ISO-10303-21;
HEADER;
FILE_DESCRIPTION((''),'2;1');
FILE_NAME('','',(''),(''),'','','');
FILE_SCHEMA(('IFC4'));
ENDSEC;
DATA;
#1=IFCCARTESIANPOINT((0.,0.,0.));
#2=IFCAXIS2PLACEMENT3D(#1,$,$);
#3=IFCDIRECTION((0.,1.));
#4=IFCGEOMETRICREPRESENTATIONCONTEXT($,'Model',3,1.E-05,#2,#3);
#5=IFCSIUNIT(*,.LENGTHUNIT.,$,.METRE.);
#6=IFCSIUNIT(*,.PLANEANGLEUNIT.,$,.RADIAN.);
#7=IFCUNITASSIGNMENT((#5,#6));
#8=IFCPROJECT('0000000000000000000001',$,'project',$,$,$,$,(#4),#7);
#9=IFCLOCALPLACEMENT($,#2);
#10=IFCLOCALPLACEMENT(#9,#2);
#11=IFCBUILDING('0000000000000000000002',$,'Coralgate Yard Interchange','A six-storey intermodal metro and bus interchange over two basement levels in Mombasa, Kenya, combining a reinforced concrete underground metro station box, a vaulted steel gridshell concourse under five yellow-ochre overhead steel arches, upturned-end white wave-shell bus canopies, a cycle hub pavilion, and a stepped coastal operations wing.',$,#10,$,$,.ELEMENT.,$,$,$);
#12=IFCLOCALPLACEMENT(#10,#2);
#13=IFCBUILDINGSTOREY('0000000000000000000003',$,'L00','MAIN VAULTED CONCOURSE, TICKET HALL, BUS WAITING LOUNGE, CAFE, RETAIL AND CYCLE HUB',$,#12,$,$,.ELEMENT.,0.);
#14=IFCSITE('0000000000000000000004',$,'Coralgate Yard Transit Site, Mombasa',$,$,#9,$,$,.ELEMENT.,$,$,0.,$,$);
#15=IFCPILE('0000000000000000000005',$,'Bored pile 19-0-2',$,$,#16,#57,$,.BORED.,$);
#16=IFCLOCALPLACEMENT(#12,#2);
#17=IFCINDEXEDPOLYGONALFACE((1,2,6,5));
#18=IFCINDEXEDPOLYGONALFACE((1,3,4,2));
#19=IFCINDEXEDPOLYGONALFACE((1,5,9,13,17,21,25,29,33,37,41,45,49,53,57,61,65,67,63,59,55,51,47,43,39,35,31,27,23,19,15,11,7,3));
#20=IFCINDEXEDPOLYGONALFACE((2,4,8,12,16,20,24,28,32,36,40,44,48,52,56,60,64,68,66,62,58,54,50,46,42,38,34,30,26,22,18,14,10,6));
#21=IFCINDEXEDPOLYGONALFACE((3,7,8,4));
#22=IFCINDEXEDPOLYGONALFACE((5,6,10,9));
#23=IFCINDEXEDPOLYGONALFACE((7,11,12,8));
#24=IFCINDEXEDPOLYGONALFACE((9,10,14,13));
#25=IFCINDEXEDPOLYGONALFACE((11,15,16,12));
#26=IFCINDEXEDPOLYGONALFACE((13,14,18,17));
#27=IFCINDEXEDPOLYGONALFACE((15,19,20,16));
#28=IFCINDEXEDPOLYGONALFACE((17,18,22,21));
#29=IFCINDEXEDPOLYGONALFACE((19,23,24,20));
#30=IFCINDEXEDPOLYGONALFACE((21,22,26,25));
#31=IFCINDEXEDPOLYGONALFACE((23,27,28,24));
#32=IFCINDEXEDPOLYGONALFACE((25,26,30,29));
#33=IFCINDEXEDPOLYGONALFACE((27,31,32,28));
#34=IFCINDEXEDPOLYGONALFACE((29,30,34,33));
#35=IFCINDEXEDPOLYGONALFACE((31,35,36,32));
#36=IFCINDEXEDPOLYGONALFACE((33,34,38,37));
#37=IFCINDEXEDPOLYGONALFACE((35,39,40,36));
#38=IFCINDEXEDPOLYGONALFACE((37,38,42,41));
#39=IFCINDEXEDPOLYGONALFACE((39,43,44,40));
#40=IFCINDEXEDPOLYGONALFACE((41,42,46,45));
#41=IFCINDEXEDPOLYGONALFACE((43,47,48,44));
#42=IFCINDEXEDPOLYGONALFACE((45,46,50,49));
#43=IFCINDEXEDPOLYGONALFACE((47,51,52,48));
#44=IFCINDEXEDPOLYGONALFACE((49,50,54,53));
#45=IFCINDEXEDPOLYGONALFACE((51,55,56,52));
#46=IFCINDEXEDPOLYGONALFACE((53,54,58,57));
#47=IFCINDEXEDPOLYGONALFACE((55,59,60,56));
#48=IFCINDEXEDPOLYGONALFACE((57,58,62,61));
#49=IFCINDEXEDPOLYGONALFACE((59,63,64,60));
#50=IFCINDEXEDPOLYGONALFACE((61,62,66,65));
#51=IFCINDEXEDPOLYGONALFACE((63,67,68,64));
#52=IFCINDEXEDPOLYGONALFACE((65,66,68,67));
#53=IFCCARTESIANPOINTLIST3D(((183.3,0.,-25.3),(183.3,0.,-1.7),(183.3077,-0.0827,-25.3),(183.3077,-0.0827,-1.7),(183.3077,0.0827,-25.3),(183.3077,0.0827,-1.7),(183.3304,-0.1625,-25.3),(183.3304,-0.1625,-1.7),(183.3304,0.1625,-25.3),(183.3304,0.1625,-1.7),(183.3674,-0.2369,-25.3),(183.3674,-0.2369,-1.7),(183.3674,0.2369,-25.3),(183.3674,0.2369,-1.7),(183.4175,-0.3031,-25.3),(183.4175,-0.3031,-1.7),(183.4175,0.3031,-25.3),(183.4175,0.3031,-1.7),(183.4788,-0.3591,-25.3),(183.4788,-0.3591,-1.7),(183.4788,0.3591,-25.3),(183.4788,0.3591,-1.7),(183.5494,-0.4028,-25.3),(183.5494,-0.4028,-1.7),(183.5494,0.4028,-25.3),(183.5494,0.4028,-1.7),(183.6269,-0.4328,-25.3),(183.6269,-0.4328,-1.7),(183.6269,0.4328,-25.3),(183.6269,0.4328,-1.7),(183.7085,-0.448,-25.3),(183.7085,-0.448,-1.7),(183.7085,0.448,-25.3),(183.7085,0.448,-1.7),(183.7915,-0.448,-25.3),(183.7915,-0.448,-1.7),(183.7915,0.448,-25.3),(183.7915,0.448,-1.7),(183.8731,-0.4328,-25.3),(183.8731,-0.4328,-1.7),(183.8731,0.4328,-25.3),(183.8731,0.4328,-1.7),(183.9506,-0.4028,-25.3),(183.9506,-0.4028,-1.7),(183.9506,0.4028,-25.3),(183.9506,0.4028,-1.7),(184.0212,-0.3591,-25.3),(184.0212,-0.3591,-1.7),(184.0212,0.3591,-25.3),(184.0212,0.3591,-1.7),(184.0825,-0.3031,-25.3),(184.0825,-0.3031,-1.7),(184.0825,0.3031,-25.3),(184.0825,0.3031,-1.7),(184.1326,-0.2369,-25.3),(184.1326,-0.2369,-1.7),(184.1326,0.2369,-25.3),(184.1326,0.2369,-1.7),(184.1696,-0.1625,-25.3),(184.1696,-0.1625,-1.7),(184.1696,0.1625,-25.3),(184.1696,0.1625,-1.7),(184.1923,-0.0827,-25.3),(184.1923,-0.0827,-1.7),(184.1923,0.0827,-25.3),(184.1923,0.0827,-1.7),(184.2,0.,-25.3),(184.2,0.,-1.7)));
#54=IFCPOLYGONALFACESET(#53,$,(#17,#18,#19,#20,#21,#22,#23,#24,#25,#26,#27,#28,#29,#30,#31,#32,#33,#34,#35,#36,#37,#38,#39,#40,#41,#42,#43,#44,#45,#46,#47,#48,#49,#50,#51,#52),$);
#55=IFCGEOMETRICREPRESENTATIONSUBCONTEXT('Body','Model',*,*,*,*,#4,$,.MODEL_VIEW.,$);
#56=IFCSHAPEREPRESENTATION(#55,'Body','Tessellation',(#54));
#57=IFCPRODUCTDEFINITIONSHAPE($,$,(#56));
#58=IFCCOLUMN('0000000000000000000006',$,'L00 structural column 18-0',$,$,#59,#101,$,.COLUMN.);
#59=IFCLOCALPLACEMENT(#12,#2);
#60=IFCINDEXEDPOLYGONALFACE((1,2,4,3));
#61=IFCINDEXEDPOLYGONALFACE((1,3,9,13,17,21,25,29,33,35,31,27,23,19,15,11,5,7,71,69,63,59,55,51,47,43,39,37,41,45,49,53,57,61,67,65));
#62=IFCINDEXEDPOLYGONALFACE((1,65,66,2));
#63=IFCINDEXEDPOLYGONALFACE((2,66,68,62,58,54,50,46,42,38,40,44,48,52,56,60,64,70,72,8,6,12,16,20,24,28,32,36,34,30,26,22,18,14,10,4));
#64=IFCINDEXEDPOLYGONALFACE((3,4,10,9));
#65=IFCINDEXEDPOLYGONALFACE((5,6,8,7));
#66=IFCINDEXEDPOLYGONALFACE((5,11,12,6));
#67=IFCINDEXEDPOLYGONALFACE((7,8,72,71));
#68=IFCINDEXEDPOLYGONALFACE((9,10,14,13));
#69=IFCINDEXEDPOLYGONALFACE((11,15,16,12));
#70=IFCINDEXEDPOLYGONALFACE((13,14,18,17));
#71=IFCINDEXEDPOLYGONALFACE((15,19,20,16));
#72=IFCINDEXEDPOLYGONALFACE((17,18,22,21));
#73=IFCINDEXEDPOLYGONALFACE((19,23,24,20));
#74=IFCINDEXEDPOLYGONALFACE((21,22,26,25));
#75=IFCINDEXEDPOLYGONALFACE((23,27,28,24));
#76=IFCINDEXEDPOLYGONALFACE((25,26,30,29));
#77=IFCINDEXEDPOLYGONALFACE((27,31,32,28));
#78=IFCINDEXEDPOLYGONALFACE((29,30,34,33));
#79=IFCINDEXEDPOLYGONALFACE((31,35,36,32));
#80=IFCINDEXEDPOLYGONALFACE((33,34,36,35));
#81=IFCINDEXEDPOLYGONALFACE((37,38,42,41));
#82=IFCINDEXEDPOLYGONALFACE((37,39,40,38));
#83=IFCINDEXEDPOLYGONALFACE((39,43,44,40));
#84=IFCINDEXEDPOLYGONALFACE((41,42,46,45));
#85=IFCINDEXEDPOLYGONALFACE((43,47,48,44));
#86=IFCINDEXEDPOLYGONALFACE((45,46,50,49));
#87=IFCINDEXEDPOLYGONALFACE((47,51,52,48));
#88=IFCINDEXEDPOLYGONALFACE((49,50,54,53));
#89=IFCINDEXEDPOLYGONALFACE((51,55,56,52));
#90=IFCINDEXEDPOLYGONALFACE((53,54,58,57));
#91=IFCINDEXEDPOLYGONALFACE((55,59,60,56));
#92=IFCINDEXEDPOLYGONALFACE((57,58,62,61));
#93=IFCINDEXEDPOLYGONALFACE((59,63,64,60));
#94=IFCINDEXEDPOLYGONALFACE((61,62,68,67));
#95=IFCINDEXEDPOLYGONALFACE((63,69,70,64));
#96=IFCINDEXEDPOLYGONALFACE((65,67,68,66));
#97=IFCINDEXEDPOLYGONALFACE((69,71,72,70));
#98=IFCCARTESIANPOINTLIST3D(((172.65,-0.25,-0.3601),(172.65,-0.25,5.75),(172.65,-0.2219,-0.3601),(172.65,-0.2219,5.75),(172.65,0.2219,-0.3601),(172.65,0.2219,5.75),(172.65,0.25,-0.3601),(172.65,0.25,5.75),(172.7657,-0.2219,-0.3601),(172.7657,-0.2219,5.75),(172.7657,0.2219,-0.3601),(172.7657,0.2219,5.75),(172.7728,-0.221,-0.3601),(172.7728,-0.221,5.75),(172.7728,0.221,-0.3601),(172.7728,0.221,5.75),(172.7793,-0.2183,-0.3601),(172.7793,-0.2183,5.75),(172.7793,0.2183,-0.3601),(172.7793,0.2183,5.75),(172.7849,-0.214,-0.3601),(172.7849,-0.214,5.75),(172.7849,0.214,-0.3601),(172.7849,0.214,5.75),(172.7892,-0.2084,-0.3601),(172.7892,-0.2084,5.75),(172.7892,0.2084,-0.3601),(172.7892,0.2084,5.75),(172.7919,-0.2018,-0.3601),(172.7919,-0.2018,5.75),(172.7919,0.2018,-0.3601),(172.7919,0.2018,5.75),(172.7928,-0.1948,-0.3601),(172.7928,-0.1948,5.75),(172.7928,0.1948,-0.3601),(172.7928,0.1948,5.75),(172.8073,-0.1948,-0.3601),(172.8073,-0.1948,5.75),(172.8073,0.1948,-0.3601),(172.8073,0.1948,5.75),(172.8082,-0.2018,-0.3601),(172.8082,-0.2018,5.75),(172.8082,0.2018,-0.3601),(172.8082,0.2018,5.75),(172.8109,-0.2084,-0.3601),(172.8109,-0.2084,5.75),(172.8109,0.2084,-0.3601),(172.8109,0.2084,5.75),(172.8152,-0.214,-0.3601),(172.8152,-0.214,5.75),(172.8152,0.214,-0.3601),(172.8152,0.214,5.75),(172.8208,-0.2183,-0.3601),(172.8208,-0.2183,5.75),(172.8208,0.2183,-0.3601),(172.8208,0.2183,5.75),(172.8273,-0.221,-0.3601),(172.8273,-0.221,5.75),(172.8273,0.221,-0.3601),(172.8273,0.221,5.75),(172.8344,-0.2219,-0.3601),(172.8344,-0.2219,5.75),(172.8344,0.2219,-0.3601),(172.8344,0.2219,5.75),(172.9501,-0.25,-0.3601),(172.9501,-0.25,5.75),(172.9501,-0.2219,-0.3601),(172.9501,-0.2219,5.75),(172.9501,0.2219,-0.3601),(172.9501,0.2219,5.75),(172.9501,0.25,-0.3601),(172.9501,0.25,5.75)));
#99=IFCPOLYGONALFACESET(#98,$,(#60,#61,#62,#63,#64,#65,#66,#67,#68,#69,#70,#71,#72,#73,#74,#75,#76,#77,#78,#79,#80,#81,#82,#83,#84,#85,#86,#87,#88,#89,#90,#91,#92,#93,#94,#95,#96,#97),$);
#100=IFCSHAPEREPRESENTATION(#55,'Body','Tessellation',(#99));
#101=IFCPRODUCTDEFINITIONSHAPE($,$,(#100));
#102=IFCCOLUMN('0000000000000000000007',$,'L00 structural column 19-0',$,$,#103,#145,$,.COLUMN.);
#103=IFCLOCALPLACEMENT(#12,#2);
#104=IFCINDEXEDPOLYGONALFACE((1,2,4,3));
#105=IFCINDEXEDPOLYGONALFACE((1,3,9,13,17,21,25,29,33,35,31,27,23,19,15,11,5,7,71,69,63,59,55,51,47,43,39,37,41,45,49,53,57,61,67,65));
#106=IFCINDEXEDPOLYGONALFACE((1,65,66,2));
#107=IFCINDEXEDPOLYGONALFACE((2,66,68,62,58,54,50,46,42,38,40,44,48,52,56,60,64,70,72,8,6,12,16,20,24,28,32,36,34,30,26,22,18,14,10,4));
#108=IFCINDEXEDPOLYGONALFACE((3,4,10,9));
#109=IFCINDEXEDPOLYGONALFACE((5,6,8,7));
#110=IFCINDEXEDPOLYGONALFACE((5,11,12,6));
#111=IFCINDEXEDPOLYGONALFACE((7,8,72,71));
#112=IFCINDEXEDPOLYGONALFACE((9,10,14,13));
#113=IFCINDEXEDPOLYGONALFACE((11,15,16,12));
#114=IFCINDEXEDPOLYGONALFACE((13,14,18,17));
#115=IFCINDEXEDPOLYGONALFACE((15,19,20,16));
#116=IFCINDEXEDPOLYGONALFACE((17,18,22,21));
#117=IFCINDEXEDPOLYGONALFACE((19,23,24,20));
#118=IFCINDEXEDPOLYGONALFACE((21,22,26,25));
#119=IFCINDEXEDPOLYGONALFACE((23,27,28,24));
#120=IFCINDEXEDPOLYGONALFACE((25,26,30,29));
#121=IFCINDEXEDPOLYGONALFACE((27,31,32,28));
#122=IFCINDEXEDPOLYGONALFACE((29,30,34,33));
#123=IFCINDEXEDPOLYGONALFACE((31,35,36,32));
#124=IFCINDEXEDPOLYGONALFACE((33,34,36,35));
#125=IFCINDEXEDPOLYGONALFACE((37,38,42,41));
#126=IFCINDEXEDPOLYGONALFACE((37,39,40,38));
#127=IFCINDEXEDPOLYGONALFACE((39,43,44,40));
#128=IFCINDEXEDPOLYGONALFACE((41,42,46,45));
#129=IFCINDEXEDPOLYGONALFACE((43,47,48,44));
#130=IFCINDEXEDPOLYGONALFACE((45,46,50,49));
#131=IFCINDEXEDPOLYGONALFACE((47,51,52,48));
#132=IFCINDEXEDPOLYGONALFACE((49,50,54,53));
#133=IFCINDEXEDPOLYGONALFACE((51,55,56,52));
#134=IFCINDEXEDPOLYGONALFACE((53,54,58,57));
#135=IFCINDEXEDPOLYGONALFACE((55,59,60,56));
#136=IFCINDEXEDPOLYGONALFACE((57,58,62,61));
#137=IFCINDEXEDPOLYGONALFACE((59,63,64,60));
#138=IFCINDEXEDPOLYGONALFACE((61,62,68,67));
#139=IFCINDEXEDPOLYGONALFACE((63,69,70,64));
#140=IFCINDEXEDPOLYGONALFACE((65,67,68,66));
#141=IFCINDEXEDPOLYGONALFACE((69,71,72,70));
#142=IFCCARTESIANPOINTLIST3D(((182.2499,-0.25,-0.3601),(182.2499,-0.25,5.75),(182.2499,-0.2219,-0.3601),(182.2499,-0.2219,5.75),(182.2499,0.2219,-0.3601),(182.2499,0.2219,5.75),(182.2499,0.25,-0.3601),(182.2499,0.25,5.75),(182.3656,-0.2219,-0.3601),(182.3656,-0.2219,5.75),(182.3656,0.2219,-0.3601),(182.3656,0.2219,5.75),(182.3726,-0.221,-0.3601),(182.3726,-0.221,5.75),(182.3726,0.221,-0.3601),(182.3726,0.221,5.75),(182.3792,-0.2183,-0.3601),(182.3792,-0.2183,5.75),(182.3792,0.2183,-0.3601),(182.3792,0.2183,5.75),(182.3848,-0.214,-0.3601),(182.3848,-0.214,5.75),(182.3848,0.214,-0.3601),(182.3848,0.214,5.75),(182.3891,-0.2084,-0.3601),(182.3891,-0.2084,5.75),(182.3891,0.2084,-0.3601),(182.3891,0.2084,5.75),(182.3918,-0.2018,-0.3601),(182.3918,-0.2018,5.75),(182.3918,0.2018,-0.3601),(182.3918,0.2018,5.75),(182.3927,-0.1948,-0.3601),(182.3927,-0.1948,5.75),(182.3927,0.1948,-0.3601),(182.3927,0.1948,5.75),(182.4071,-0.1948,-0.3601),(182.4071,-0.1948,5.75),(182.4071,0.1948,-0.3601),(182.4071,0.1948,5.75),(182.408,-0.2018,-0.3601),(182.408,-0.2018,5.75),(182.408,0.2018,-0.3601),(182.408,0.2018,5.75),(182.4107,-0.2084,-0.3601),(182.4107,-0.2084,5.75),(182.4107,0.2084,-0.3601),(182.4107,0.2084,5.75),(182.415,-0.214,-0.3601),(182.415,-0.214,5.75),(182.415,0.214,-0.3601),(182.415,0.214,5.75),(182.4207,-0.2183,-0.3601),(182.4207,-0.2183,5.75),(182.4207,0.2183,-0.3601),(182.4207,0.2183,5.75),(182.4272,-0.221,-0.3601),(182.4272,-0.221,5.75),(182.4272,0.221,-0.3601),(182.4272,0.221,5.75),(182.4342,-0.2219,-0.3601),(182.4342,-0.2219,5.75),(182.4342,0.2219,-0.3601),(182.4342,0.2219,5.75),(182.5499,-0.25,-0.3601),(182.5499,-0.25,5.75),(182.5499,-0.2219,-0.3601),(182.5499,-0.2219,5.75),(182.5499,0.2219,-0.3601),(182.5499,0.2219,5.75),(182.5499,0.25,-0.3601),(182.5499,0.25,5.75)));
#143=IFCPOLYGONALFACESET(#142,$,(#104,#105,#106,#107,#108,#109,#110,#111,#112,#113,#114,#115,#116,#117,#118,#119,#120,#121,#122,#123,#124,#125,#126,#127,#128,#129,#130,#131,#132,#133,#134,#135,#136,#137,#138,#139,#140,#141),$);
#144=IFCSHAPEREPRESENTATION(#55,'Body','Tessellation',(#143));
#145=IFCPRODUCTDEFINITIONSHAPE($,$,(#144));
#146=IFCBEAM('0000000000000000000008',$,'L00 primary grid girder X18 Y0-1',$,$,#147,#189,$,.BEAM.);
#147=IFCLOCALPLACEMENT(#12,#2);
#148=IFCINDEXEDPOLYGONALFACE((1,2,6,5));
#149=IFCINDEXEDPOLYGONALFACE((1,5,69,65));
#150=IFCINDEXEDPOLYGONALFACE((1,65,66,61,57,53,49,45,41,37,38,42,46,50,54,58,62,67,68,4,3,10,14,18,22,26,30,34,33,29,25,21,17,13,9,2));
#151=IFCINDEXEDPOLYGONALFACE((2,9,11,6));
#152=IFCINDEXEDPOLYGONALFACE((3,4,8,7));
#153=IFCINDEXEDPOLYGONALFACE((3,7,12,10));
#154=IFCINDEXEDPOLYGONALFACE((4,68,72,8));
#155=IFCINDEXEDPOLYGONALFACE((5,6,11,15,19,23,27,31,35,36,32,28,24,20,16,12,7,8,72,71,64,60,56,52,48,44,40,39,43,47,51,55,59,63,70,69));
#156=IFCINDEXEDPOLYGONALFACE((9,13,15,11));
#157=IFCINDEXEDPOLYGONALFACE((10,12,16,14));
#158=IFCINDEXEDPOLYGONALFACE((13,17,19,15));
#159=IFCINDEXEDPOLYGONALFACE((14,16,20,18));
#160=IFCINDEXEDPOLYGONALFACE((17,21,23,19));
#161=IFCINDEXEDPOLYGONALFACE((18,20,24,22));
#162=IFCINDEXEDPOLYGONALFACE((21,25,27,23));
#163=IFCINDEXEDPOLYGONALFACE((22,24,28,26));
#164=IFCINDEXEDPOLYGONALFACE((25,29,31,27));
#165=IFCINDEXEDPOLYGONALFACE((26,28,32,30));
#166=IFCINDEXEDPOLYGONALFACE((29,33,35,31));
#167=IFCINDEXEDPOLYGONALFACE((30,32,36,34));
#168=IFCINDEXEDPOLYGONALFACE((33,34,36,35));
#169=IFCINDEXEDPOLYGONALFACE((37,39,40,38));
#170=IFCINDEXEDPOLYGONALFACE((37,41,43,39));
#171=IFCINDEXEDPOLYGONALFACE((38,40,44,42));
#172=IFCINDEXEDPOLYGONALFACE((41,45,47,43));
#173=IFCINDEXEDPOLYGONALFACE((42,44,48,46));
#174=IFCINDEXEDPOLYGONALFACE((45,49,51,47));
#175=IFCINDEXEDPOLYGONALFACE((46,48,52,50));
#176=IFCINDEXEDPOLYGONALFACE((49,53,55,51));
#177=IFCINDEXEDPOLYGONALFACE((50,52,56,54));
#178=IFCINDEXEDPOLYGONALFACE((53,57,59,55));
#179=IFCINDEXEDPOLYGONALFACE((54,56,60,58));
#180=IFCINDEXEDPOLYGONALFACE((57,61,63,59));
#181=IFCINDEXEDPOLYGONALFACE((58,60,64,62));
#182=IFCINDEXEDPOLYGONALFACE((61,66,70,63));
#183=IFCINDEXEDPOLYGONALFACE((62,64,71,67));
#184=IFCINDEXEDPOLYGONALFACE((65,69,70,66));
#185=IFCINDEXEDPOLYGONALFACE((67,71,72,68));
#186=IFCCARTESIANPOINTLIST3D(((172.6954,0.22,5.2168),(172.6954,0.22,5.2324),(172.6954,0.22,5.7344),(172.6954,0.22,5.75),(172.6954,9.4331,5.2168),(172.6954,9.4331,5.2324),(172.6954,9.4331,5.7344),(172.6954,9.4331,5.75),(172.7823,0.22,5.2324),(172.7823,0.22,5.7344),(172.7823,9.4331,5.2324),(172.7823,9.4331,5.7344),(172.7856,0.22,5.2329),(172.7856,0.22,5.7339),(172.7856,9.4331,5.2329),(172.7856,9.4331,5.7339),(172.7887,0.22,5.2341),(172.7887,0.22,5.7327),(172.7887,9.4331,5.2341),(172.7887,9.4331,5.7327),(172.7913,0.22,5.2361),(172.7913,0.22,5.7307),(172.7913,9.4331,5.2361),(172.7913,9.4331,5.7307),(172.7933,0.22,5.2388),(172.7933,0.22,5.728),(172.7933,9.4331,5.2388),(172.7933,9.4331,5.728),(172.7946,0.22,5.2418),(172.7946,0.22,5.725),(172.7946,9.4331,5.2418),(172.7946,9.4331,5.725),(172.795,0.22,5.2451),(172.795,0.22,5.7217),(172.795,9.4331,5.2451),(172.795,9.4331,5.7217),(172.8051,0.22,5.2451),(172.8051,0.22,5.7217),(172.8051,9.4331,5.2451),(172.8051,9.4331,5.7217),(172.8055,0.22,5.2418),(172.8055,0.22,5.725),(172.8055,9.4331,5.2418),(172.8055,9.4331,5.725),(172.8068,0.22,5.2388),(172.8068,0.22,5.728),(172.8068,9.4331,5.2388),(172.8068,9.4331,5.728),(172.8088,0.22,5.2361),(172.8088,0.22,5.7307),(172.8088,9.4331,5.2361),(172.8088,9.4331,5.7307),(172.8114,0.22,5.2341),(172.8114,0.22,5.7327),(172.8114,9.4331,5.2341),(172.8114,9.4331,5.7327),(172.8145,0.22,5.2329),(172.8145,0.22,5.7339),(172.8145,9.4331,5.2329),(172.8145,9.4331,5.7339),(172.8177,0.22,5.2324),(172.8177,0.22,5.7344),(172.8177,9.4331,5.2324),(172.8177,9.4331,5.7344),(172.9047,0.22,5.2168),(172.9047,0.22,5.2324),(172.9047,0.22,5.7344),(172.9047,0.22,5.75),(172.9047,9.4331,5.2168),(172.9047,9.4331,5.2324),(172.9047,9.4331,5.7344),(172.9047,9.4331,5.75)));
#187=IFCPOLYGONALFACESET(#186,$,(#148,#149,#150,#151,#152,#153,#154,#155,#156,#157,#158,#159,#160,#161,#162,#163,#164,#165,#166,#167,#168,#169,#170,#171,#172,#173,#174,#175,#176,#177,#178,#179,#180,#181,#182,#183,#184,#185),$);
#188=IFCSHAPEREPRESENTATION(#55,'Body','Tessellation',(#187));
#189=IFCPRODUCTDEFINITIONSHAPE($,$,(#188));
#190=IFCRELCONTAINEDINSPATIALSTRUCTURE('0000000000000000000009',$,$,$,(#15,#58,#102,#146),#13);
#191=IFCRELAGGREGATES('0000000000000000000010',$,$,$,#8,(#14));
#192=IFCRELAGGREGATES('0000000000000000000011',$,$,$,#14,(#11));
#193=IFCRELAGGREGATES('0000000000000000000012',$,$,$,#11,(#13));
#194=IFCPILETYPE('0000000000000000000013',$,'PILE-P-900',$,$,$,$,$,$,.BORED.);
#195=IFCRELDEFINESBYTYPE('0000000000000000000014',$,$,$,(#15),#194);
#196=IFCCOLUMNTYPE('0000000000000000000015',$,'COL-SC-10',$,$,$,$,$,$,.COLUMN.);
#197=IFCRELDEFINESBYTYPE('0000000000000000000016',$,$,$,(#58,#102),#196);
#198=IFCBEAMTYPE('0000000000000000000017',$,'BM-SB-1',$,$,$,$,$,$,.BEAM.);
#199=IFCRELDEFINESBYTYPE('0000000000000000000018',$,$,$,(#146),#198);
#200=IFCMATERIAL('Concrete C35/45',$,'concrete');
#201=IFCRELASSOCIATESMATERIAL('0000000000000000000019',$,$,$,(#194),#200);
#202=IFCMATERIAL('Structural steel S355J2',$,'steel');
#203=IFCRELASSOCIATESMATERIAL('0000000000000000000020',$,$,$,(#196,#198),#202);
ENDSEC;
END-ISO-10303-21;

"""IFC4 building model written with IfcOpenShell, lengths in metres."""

from ifc_helpers import new_model, si_unit, direction, frame, origin, origin_2d, place, context, subcontext, project, spatial, circle, i_section, extrude, material, material_profile, profile_set, type_object, element, save


model = new_model("IFC4")

# Units and contexts
model_context = context("Model", 3, precision=1e-05, world=origin(), true_north=direction((0.0, 1.0)))
body_context = subcontext(model_context, "Body", "Model", "MODEL_VIEW")
ifc_project = project(units=[si_unit("LENGTHUNIT", "METRE"), si_unit("PLANEANGLEUNIT", "RADIAN")], contexts=[model_context])

# Site, building, storey
site_placement = place(None, origin())
site = spatial("IfcSite", under=ifc_project, at=site_placement, Name="Coralgate Yard Transit Site, Mombasa", CompositionType="ELEMENT", RefElevation=0.0)
building_placement = place(site_placement, origin())
building = spatial("IfcBuilding", under=site, at=building_placement, Name="Coralgate Yard Interchange", Description="A six-storey intermodal metro and bus interchange over two basement levels in Mombasa, Kenya, combining a reinforced concrete underground metro station box, a vaulted steel gridshell concourse under five yellow-ochre overhead steel arches, upturned-end white wave-shell bus canopies, a cycle hub pavilion, and a stepped coastal operations wing.", CompositionType="ELEMENT")
storey_placement = place(building_placement, origin())
storey = spatial("IfcBuildingStorey", under=building, at=storey_placement, Name="L00", Description="MAIN VAULTED CONCOURSE, TICKET HALL, BUS WAITING LOUNGE, CAFE, RETAIL AND CYCLE HUB", CompositionType="ELEMENT", Elevation=0.0)

# Pile
ifc_material_1 = material(Name="Concrete C35/45", Category="concrete")
ifc_material_profile_1 = material_profile(ifc_material_1, circle(Radius=0.45, at=origin_2d()), Name="BORED PILE D900")
ifc_profile_set_1 = profile_set([ifc_material_profile_1], Name="Concrete C35/45")
pile_type = type_object("IfcPileType", Name="PILE-P-900", PredefinedType="BORED", material=ifc_profile_set_1)
for number, where, z_axis, x_axis, name in (
    (1, (183.75, 0.0, -1.7), (0.0, 0.0, -1.0), (1.0, 0.0, 0.0), "Bored pile 19-0-2"),
):
    element("IfcPile", number, at=place(storey_placement, frame(where, z_axis=z_axis, x_axis=x_axis)), inside=storey, type_object=pile_type, Name=name, PredefinedType="BORED", context=body_context, shape_type="SweptSolid", body=[
        extrude(circle(Radius=0.45, at=origin_2d()), origin(), (0.0, 0.0, 1.0), 23.6001),
    ])

# Columns
ifc_material_2 = material(Name="Structural steel S355J2", Category="steel")
ifc_material_profile_2 = material_profile(ifc_material_2, i_section(OverallWidth=0.3, OverallDepth=0.5, WebThickness=0.0144, FlangeThickness=0.0281, FilletRadius=0.0271, at=origin_2d()), Name="HEB 500")
ifc_profile_set_2 = profile_set([ifc_material_profile_2], Name="Structural steel S355J2")
column_type = type_object("IfcColumnType", Name="COL-SC-10", PredefinedType="COLUMN", material=ifc_profile_set_2)
for number, where, z_axis, x_axis, name in (
    (2, (172.8, 0.0, -0.3601), (0.0, 0.0, 1.0), (1.0, 0.0, 0.0), "L00 structural column 18-0"),
    (3, (182.3999, 0.0, -0.3601), (0.0, 0.0, 1.0), (1.0, 0.0, 0.0), "L00 structural column 19-0"),
):
    element("IfcColumn", number, at=place(storey_placement, frame(where, z_axis=z_axis, x_axis=x_axis)), inside=storey, type_object=column_type, Name=name, PredefinedType="COLUMN", context=body_context, shape_type="SweptSolid", body=[
        extrude(i_section(OverallWidth=0.3, OverallDepth=0.5, WebThickness=0.0144, FlangeThickness=0.0281, FilletRadius=0.0271, at=origin_2d()), origin(), (0.0, 0.0, 1.0), 6.1101),
    ])

# Beam
ifc_material_profile_3 = material_profile(ifc_material_2, i_section(OverallWidth=0.2092, OverallDepth=0.5332, WebThickness=0.01, FlangeThickness=0.0156, FilletRadius=0.0127, at=origin_2d()), Name="UB 533x210x92")
ifc_profile_set_3 = profile_set([ifc_material_profile_3], Name="Structural steel S355J2")
beam_type_1 = type_object("IfcBeamType", Name="BM-SB-1", PredefinedType="BEAM", material=ifc_profile_set_3)
beam_1_placement = place(storey_placement, frame((172.8, 0.22, 5.4834), z_axis=(0.0, 1.0, 0.0), x_axis=(-1.0, 0.0, 0.0)))
element("IfcBeam", 4, at=beam_1_placement, inside=storey, type_object=beam_type_1, Name="L00 primary grid girder X18 Y0-1", PredefinedType="BEAM", context=body_context, shape_type="SweptSolid", body=[
    extrude(i_section(OverallWidth=0.2092, OverallDepth=0.5332, WebThickness=0.01, FlangeThickness=0.0156, FilletRadius=0.0127, at=origin_2d()), origin(), (0.0, 0.0, 1.0), 9.2131),
])

save(model, "model.ifc")
